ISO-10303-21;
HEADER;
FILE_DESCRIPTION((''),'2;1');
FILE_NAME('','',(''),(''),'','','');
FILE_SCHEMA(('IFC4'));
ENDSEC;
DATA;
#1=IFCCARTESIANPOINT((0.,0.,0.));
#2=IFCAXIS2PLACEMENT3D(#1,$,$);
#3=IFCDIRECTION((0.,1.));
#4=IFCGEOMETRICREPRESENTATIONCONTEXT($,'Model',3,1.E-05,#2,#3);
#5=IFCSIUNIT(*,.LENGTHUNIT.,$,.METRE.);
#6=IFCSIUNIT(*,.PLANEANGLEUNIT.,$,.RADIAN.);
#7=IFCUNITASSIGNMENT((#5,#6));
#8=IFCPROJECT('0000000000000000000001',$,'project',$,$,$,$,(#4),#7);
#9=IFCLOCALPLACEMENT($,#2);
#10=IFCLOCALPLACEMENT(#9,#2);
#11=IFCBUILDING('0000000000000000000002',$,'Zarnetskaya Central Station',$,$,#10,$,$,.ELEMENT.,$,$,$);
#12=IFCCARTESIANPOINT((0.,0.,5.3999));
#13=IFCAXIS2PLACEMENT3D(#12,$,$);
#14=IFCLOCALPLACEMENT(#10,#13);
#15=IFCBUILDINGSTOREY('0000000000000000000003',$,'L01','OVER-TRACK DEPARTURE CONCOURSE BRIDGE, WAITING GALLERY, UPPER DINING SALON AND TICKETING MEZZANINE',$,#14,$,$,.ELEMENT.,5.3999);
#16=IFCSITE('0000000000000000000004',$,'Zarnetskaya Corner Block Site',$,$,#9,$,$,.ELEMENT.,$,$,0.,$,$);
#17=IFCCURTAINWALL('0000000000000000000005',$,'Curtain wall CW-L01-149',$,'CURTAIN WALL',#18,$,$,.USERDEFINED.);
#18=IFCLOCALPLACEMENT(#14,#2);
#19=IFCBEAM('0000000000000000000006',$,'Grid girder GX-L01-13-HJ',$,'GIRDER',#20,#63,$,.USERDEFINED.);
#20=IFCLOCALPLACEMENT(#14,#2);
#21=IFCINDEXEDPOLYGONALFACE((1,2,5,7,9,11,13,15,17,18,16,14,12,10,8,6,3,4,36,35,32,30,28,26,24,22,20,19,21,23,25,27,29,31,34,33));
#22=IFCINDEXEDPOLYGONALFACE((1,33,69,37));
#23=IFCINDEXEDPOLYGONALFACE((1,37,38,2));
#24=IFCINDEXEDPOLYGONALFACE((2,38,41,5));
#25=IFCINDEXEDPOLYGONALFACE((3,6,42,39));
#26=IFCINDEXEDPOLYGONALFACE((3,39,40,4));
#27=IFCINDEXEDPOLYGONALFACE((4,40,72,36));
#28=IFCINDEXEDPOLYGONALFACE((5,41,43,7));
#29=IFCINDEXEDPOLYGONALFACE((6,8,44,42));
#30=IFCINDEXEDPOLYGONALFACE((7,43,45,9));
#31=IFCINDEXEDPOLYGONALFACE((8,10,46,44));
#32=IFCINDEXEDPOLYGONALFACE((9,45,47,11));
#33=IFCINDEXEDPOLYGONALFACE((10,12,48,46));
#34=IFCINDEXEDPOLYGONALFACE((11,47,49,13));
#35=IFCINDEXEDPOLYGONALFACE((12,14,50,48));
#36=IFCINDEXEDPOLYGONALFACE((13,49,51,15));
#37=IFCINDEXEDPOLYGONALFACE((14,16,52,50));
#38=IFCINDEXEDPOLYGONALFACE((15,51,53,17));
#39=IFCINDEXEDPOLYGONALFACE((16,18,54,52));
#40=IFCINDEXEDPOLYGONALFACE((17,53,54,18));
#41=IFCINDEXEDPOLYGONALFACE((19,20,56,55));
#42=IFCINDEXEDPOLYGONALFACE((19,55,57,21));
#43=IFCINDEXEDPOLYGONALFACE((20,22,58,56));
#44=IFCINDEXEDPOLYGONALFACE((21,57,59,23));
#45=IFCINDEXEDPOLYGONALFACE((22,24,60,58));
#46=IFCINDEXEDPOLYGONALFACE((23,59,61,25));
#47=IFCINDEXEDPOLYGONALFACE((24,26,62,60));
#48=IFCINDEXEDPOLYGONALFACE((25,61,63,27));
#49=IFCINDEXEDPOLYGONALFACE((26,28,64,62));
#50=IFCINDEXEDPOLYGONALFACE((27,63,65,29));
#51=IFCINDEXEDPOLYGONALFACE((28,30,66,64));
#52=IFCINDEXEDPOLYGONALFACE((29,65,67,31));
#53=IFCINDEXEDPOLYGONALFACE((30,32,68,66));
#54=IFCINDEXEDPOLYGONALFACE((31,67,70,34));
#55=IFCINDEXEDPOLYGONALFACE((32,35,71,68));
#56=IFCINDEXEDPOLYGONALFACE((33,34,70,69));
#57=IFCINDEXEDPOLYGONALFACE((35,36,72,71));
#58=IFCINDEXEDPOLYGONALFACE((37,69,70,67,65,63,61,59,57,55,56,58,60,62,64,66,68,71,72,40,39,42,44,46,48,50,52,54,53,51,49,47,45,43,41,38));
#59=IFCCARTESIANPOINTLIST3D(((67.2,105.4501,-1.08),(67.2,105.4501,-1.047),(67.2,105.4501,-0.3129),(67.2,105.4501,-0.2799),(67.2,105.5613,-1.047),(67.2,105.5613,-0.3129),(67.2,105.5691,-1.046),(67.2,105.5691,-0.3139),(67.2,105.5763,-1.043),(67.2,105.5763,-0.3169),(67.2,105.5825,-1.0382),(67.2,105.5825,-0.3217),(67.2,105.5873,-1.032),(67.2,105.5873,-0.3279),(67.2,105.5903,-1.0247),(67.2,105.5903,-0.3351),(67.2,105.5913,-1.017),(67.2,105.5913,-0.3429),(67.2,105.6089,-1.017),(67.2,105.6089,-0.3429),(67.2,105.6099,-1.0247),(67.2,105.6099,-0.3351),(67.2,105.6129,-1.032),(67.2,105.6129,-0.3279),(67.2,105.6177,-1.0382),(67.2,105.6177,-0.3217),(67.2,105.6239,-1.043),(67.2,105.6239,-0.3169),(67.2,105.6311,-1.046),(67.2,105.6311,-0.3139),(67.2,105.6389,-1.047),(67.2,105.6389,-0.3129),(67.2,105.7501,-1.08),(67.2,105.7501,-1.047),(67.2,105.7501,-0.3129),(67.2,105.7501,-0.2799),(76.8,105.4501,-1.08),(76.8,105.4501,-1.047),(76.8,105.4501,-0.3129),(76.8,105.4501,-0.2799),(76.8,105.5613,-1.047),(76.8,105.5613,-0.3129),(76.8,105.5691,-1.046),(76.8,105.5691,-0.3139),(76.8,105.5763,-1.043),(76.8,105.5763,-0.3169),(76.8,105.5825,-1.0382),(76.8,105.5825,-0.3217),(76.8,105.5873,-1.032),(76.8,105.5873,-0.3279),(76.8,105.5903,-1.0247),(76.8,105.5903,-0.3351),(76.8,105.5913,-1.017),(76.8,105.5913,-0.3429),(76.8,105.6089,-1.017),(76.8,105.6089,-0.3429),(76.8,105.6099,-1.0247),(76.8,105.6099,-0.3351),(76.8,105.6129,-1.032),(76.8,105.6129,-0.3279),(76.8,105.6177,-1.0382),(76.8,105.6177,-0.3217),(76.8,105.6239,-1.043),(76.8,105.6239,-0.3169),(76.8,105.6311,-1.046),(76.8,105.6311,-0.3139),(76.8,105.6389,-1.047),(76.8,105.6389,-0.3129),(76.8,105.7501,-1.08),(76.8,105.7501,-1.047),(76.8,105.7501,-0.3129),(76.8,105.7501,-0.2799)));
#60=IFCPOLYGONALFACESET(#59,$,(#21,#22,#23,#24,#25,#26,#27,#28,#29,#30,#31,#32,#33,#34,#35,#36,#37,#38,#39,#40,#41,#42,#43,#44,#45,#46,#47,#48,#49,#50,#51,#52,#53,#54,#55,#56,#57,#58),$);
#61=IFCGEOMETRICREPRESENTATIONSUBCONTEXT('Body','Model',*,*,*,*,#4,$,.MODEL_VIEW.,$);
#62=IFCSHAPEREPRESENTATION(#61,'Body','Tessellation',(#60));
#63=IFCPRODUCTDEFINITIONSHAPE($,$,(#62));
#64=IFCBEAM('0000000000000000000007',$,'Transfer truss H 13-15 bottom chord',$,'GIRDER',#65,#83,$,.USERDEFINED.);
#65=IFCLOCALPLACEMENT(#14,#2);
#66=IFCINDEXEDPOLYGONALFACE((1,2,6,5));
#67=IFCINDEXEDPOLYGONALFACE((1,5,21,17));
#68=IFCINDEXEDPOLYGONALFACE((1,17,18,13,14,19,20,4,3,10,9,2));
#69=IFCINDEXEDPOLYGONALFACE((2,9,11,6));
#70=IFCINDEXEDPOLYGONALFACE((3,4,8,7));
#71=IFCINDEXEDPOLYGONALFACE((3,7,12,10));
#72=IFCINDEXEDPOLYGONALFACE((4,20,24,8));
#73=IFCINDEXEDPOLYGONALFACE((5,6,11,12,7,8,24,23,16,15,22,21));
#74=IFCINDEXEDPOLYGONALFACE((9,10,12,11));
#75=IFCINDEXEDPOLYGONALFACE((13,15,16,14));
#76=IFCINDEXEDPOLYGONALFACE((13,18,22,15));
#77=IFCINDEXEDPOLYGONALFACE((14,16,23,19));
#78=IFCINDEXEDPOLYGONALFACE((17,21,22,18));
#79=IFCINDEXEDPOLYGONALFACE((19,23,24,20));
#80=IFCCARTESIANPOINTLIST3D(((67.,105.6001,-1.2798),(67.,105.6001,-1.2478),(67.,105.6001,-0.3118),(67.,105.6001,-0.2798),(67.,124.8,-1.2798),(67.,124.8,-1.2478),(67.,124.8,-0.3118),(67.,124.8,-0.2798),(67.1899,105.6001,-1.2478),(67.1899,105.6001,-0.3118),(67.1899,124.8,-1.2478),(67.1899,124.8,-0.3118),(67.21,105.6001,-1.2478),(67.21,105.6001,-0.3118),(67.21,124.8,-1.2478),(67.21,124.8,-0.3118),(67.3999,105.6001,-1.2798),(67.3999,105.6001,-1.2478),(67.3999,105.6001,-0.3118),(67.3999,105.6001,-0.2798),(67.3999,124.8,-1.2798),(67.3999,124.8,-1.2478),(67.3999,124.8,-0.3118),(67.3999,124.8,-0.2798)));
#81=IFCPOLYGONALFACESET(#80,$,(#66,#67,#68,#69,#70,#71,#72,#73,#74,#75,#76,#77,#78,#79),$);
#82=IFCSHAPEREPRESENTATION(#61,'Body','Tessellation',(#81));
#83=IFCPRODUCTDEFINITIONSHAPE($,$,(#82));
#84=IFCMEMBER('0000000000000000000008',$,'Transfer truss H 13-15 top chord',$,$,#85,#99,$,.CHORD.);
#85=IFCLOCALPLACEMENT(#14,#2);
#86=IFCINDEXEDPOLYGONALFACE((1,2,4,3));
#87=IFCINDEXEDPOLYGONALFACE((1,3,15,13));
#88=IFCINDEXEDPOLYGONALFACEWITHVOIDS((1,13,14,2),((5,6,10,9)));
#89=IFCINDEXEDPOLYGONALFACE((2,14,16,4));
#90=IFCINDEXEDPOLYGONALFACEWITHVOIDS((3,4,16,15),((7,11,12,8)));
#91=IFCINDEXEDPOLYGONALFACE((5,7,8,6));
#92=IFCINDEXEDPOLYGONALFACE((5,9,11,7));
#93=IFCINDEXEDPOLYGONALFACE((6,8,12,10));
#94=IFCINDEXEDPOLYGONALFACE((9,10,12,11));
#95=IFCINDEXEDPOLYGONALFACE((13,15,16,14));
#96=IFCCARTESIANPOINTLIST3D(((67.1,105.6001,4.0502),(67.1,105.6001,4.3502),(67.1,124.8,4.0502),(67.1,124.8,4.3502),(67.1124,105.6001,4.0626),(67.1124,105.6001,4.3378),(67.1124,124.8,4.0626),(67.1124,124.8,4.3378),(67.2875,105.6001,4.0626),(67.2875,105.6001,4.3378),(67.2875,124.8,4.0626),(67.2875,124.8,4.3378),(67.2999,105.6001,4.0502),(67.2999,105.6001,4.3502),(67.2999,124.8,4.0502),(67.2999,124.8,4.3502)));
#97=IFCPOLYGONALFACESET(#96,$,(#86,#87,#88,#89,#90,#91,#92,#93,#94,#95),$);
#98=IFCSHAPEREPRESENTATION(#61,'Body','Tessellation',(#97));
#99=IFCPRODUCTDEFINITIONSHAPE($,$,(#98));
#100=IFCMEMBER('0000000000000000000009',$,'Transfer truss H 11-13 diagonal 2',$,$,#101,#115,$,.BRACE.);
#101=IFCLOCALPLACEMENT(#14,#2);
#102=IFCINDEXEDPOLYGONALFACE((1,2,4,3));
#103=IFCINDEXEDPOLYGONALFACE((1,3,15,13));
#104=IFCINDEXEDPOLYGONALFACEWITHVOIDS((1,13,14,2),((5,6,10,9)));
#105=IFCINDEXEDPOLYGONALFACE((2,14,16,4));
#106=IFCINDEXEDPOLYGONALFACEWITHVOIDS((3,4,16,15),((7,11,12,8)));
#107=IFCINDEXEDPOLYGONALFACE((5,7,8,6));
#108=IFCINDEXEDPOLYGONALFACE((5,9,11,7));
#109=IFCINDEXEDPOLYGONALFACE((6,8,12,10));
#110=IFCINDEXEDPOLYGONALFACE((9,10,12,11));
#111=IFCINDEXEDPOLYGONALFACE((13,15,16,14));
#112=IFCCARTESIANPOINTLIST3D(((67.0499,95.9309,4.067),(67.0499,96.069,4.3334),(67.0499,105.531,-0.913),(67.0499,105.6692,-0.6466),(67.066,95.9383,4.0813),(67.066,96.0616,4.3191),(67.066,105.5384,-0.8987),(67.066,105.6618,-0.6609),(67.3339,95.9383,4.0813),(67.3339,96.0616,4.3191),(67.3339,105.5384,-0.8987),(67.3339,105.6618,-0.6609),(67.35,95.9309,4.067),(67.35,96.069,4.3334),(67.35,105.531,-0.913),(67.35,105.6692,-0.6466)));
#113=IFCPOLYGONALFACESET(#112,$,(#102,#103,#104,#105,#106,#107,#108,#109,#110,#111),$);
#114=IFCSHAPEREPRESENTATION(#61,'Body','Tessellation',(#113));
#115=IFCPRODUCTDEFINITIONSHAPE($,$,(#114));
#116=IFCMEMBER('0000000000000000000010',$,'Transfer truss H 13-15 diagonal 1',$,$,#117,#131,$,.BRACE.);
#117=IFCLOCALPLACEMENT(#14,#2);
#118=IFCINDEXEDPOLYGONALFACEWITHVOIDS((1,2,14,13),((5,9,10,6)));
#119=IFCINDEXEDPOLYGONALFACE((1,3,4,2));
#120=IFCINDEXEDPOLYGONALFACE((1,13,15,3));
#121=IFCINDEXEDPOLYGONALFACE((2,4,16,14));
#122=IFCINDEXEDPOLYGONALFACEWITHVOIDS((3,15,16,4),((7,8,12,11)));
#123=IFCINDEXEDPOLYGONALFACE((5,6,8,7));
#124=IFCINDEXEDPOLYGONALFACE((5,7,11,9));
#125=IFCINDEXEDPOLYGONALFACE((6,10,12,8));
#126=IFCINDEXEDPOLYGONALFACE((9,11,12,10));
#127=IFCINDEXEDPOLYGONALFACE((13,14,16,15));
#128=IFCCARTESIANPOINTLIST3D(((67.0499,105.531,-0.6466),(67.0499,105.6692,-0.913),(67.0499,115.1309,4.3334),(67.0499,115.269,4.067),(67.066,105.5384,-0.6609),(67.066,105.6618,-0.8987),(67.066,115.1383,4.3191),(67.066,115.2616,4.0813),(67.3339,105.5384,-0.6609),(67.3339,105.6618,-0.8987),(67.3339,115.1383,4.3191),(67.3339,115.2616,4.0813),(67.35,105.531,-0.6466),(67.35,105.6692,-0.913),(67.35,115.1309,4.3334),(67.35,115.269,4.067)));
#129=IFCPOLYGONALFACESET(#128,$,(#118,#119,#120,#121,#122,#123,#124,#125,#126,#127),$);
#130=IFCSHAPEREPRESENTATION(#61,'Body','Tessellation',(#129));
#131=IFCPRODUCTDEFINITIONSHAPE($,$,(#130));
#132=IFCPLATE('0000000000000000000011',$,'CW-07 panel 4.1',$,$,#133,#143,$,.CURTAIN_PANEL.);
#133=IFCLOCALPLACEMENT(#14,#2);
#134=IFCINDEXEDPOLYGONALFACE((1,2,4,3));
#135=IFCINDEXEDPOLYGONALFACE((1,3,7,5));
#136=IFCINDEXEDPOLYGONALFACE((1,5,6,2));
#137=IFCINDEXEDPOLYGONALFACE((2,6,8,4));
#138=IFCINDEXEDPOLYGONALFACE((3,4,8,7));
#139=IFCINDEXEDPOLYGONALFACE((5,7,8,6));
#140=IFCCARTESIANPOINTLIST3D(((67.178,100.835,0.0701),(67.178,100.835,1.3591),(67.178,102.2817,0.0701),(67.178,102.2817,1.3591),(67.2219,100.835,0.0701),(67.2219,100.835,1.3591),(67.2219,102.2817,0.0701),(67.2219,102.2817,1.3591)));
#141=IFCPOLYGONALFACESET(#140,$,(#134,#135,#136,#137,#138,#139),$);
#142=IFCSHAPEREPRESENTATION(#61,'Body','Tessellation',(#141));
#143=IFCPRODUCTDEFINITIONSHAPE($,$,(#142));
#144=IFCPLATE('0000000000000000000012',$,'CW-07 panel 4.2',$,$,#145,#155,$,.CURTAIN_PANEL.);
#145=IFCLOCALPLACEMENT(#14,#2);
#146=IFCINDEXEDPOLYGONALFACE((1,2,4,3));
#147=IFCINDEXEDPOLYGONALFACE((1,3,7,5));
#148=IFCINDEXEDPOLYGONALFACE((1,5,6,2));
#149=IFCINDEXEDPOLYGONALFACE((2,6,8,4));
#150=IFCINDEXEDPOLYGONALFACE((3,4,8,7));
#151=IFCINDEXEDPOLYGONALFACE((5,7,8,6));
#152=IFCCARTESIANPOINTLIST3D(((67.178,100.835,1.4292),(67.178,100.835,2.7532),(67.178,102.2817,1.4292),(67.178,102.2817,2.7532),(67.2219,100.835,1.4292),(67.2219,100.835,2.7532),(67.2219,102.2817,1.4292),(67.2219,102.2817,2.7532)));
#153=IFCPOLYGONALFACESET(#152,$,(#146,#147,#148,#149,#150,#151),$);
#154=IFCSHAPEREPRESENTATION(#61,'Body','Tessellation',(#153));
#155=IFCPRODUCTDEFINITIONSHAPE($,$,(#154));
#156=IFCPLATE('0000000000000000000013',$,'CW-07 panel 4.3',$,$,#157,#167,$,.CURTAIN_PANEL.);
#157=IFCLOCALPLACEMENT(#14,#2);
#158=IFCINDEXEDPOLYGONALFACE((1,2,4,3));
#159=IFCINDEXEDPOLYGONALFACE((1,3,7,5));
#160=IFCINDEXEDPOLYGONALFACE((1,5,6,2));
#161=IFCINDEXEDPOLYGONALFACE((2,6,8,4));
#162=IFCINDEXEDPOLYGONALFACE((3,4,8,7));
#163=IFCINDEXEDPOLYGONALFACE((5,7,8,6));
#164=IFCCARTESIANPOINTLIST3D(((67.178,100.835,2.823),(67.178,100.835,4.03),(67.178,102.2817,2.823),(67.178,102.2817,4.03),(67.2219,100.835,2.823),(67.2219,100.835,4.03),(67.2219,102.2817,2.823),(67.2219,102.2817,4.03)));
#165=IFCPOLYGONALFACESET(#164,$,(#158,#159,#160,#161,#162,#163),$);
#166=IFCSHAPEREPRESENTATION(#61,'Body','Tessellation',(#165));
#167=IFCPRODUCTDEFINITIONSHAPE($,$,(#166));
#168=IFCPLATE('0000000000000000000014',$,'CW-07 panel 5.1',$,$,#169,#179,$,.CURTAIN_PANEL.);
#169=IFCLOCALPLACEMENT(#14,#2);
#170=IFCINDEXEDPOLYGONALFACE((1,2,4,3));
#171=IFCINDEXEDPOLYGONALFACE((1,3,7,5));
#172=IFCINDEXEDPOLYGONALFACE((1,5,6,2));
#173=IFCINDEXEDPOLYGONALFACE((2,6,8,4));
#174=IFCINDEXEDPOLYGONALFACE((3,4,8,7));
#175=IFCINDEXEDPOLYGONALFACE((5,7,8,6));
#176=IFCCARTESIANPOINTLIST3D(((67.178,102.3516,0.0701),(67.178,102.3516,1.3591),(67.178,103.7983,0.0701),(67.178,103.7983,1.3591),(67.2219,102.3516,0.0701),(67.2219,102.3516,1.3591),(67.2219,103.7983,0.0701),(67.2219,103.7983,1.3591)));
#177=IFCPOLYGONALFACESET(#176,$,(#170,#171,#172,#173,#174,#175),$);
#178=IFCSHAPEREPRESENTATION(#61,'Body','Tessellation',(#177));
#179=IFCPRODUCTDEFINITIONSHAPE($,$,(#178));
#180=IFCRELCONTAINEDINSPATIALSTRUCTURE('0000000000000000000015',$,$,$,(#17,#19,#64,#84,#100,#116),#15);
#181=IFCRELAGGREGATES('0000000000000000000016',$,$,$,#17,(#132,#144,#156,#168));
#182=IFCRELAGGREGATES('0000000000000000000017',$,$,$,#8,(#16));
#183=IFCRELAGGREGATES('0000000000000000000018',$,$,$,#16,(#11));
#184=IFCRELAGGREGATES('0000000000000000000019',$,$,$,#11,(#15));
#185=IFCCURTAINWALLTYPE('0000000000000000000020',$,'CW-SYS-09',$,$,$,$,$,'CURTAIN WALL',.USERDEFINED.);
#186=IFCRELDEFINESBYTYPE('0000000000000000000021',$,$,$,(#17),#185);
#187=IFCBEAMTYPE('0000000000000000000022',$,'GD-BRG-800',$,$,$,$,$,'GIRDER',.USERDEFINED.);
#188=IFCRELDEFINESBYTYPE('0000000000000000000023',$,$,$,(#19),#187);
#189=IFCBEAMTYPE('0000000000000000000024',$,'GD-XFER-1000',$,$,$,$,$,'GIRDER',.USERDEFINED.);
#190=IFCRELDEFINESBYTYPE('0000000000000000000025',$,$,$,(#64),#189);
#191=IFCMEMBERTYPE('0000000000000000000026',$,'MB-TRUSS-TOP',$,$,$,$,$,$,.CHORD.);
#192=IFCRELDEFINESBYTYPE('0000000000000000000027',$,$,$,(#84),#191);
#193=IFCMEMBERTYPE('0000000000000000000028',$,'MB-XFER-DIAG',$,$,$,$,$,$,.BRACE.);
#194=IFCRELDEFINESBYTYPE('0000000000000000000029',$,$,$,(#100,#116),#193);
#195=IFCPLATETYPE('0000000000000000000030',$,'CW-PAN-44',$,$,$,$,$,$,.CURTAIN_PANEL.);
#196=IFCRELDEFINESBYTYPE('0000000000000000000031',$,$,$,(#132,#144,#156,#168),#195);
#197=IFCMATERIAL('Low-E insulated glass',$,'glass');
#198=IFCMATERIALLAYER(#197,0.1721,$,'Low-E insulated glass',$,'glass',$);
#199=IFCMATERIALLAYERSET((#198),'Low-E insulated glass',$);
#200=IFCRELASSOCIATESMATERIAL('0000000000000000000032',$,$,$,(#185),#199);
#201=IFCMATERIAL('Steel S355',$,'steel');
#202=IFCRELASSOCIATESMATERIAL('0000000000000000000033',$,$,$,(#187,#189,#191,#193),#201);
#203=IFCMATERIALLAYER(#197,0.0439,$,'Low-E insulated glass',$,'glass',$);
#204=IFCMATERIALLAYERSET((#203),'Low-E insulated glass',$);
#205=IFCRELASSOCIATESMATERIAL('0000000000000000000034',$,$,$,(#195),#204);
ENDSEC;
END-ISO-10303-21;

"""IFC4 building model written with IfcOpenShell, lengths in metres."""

from ifc_helpers import new_model, si_unit, direction, frame, origin, origin_2d, place, context, subcontext, project, spatial, rectangle, hollow_rectangle, i_section, extrude, material, layer, layer_set, material_profile, profile_set, type_object, element, aggregate, save


model = new_model("IFC4")

# Units and contexts
model_context = context("Model", 3, precision=1e-05, world=origin(), true_north=direction((0.0, 1.0)))
body_context = subcontext(model_context, "Body", "Model", "MODEL_VIEW")
ifc_project = project(units=[si_unit("LENGTHUNIT", "METRE"), si_unit("PLANEANGLEUNIT", "RADIAN")], contexts=[model_context])

# Site, building, storey
site_placement = place(None, origin())
site = spatial("IfcSite", under=ifc_project, at=site_placement, Name="Zarnetskaya Corner Block Site", CompositionType="ELEMENT", RefElevation=0.0)
building_placement = place(site_placement, origin())
building = spatial("IfcBuilding", under=site, at=building_placement, Name="Zarnetskaya Central Station", CompositionType="ELEMENT")
storey_placement = place(building_placement, frame((0.0, 0.0, 5.3999)))
storey = spatial("IfcBuildingStorey", under=building, at=storey_placement, Name="L01", Description="OVER-TRACK DEPARTURE CONCOURSE BRIDGE, WAITING GALLERY, UPPER DINING SALON AND TICKETING MEZZANINE", CompositionType="ELEMENT", Elevation=5.3999)

# Shared definitions
ifc_material_1 = material(Name="Steel S355", Category="steel")

# Curtain wall
ifc_material_2 = material(Name="Low-E insulated glass", Category="glass")
ifc_layer_1 = layer(ifc_material_2, 0.1721, Name="Low-E insulated glass", Category="glass")
ifc_layer_set_1 = layer_set([ifc_layer_1], Name="Low-E insulated glass")
curtain_wall_type = type_object("IfcCurtainWallType", Name="CW-SYS-09", ElementType="CURTAIN WALL", PredefinedType="USERDEFINED", material=ifc_layer_set_1)
curtain_wall_1_placement = place(storey_placement, origin())
curtain_wall_1 = element("IfcCurtainWall", 1, at=curtain_wall_1_placement, inside=storey, type_object=curtain_wall_type, Name="Curtain wall CW-L01-149", ObjectType="CURTAIN WALL", PredefinedType="USERDEFINED")

# Beams
ifc_material_profile_1 = material_profile(ifc_material_1, i_section(OverallWidth=0.3, OverallDepth=0.8, WebThickness=0.0176, FlangeThickness=0.033, FilletRadius=0.03, at=origin_2d()), Name="HEB 800")
ifc_profile_set_1 = profile_set([ifc_material_profile_1], Name="Steel S355")
beam_type_1 = type_object("IfcBeamType", Name="GD-BRG-800", ElementType="GIRDER", PredefinedType="USERDEFINED", material=ifc_profile_set_1)
beam_1_placement = place(storey_placement, frame((67.2, 105.6001, -0.6799), z_axis=(1.0, 0.0, 0.0), x_axis=(0.0, 1.0, 0.0)))
element("IfcBeam", 2, at=beam_1_placement, inside=storey, type_object=beam_type_1, Name="Grid girder GX-L01-13-HJ", ObjectType="GIRDER", PredefinedType="USERDEFINED", context=body_context, shape_type="SweptSolid", body=[
    extrude(i_section(OverallWidth=0.3, OverallDepth=0.8, WebThickness=0.0176, FlangeThickness=0.033, FilletRadius=0.03, at=origin_2d()), origin(), (0.0, 0.0, 1.0), 9.6001),
])
ifc_material_profile_2 = material_profile(ifc_material_1, i_section(OverallWidth=0.3999, OverallDepth=1.0, WebThickness=0.02, FlangeThickness=0.032, at=origin_2d()), Name="PG 1000x400x20x32")
ifc_profile_set_2 = profile_set([ifc_material_profile_2], Name="Steel S355")
beam_type_2 = type_object("IfcBeamType", Name="GD-XFER-1000", ElementType="GIRDER", PredefinedType="USERDEFINED", material=ifc_profile_set_2)
beam_2_placement = place(storey_placement, frame((67.2, 105.6001, -0.7798), z_axis=(0.0, 1.0, 0.0), x_axis=(-1.0, 0.0, 0.0)))
element("IfcBeam", 3, at=beam_2_placement, inside=storey, type_object=beam_type_2, Name="Transfer truss H 13-15 bottom chord", ObjectType="GIRDER", PredefinedType="USERDEFINED", context=body_context, shape_type="SweptSolid", body=[
    extrude(i_section(OverallWidth=0.3999, OverallDepth=1.0, WebThickness=0.02, FlangeThickness=0.032, at=origin_2d()), origin(), (0.0, 0.0, 1.0), 19.2),
])

# Members
ifc_material_profile_3 = material_profile(ifc_material_1, hollow_rectangle(XDim=0.2, YDim=0.3, WallThickness=0.0125, at=origin_2d()), Name="RHS 300x200x12.5")
ifc_profile_set_3 = profile_set([ifc_material_profile_3], Name="Steel S355")
member_type_1 = type_object("IfcMemberType", Name="MB-TRUSS-TOP", PredefinedType="CHORD", material=ifc_profile_set_3)
member_1_placement = place(storey_placement, frame((67.2, 105.6001, 4.2002), z_axis=(0.0, 1.0, 0.0), x_axis=(-1.0, 0.0, 0.0)))
element("IfcMember", 4, at=member_1_placement, inside=storey, type_object=member_type_1, Name="Transfer truss H 13-15 top chord", PredefinedType="CHORD", context=body_context, shape_type="SweptSolid", body=[
    extrude(hollow_rectangle(XDim=0.2, YDim=0.3, WallThickness=0.0125, at=origin_2d()), origin(), (0.0, 0.0, 1.0), 19.2),
])
ifc_material_profile_4 = material_profile(ifc_material_1, hollow_rectangle(XDim=0.3, YDim=0.3, WallThickness=0.0161, at=origin_2d()), Name="SHS 300x300x16")
ifc_profile_set_4 = profile_set([ifc_material_profile_4], Name="Steel S355")
member_type_2 = type_object("IfcMemberType", Name="MB-XFER-DIAG", PredefinedType="BRACE", material=ifc_profile_set_4)
member_2_placement = place(storey_placement, frame((67.2, 105.6001, -0.7798), z_axis=(0.0, -0.887673, 0.460474), x_axis=(1.0, 0.0, 0.0)))
element("IfcMember", 5, at=member_2_placement, inside=storey, type_object=member_type_2, Name="Transfer truss H 11-13 diagonal 2", PredefinedType="BRACE", context=body_context, shape_type="SweptSolid", body=[
    extrude(hollow_rectangle(XDim=0.3, YDim=0.3, WallThickness=0.0161, at=origin_2d()), origin(), (0.0, 0.0, 1.0), 10.8149),
])
member_3_placement = place(storey_placement, frame((67.2, 105.6001, -0.7798), z_axis=(0.0, 0.887668, 0.460483), x_axis=(-1.0, 0.0, 0.0)))
element("IfcMember", 6, at=member_3_placement, inside=storey, type_object=member_type_2, Name="Transfer truss H 13-15 diagonal 1", PredefinedType="BRACE", context=body_context, shape_type="SweptSolid", body=[
    extrude(hollow_rectangle(XDim=0.3, YDim=0.3, WallThickness=0.0161, at=origin_2d()), origin(), (0.0, 0.0, 1.0), 10.8147),
])

# Plates
ifc_layer_2 = layer(ifc_material_2, 0.0439, Name="Low-E insulated glass", Category="glass")
ifc_layer_set_2 = layer_set([ifc_layer_2], Name="Low-E insulated glass")
plate_type_1 = type_object("IfcPlateType", Name="CW-PAN-44", PredefinedType="CURTAIN_PANEL", material=ifc_layer_set_2)
plate_1_placement = place(storey_placement, frame((67.2, 101.5583, 0.0701), z_axis=(0.0, 0.0, 1.0), x_axis=(0.0, 1.0, 0.0)))
plate_1 = element("IfcPlate", 7, at=plate_1_placement, type_object=plate_type_1, Name="CW-07 panel 4.1", PredefinedType="CURTAIN_PANEL", context=body_context, shape_type="SweptSolid", body=[
    extrude(rectangle(XDim=1.4468, YDim=0.0439, at=origin_2d()), origin(), (0.0, 0.0, 1.0), 1.2891),
])
plate_2_placement = place(storey_placement, frame((67.2, 101.5583, 1.4292), z_axis=(0.0, 0.0, 1.0), x_axis=(0.0, 1.0, 0.0)))
plate_2 = element("IfcPlate", 8, at=plate_2_placement, type_object=plate_type_1, Name="CW-07 panel 4.2", PredefinedType="CURTAIN_PANEL", context=body_context, shape_type="SweptSolid", body=[
    extrude(rectangle(XDim=1.4468, YDim=0.0439, at=origin_2d()), origin(), (0.0, 0.0, 1.0), 1.324),
])
plate_3_placement = place(storey_placement, frame((67.2, 101.5583, 2.823), z_axis=(0.0, 0.0, 1.0), x_axis=(0.0, 1.0, 0.0)))
plate_3 = element("IfcPlate", 9, at=plate_3_placement, type_object=plate_type_1, Name="CW-07 panel 4.3", PredefinedType="CURTAIN_PANEL", context=body_context, shape_type="SweptSolid", body=[
    extrude(rectangle(XDim=1.4468, YDim=0.0439, at=origin_2d()), origin(), (0.0, 0.0, 1.0), 1.207),
])
plate_4_placement = place(storey_placement, frame((67.2, 103.075, 0.0701), z_axis=(0.0, 0.0, 1.0), x_axis=(0.0, 1.0, 0.0)))
plate_4 = element("IfcPlate", 10, at=plate_4_placement, type_object=plate_type_1, Name="CW-07 panel 5.1", PredefinedType="CURTAIN_PANEL", context=body_context, shape_type="SweptSolid", body=[
    extrude(rectangle(XDim=1.4468, YDim=0.0439, at=origin_2d()), origin(), (0.0, 0.0, 1.0), 1.2891),
])
aggregate(curtain_wall_1, [plate_1, plate_2, plate_3, plate_4])

save(model, "model.ifc")
